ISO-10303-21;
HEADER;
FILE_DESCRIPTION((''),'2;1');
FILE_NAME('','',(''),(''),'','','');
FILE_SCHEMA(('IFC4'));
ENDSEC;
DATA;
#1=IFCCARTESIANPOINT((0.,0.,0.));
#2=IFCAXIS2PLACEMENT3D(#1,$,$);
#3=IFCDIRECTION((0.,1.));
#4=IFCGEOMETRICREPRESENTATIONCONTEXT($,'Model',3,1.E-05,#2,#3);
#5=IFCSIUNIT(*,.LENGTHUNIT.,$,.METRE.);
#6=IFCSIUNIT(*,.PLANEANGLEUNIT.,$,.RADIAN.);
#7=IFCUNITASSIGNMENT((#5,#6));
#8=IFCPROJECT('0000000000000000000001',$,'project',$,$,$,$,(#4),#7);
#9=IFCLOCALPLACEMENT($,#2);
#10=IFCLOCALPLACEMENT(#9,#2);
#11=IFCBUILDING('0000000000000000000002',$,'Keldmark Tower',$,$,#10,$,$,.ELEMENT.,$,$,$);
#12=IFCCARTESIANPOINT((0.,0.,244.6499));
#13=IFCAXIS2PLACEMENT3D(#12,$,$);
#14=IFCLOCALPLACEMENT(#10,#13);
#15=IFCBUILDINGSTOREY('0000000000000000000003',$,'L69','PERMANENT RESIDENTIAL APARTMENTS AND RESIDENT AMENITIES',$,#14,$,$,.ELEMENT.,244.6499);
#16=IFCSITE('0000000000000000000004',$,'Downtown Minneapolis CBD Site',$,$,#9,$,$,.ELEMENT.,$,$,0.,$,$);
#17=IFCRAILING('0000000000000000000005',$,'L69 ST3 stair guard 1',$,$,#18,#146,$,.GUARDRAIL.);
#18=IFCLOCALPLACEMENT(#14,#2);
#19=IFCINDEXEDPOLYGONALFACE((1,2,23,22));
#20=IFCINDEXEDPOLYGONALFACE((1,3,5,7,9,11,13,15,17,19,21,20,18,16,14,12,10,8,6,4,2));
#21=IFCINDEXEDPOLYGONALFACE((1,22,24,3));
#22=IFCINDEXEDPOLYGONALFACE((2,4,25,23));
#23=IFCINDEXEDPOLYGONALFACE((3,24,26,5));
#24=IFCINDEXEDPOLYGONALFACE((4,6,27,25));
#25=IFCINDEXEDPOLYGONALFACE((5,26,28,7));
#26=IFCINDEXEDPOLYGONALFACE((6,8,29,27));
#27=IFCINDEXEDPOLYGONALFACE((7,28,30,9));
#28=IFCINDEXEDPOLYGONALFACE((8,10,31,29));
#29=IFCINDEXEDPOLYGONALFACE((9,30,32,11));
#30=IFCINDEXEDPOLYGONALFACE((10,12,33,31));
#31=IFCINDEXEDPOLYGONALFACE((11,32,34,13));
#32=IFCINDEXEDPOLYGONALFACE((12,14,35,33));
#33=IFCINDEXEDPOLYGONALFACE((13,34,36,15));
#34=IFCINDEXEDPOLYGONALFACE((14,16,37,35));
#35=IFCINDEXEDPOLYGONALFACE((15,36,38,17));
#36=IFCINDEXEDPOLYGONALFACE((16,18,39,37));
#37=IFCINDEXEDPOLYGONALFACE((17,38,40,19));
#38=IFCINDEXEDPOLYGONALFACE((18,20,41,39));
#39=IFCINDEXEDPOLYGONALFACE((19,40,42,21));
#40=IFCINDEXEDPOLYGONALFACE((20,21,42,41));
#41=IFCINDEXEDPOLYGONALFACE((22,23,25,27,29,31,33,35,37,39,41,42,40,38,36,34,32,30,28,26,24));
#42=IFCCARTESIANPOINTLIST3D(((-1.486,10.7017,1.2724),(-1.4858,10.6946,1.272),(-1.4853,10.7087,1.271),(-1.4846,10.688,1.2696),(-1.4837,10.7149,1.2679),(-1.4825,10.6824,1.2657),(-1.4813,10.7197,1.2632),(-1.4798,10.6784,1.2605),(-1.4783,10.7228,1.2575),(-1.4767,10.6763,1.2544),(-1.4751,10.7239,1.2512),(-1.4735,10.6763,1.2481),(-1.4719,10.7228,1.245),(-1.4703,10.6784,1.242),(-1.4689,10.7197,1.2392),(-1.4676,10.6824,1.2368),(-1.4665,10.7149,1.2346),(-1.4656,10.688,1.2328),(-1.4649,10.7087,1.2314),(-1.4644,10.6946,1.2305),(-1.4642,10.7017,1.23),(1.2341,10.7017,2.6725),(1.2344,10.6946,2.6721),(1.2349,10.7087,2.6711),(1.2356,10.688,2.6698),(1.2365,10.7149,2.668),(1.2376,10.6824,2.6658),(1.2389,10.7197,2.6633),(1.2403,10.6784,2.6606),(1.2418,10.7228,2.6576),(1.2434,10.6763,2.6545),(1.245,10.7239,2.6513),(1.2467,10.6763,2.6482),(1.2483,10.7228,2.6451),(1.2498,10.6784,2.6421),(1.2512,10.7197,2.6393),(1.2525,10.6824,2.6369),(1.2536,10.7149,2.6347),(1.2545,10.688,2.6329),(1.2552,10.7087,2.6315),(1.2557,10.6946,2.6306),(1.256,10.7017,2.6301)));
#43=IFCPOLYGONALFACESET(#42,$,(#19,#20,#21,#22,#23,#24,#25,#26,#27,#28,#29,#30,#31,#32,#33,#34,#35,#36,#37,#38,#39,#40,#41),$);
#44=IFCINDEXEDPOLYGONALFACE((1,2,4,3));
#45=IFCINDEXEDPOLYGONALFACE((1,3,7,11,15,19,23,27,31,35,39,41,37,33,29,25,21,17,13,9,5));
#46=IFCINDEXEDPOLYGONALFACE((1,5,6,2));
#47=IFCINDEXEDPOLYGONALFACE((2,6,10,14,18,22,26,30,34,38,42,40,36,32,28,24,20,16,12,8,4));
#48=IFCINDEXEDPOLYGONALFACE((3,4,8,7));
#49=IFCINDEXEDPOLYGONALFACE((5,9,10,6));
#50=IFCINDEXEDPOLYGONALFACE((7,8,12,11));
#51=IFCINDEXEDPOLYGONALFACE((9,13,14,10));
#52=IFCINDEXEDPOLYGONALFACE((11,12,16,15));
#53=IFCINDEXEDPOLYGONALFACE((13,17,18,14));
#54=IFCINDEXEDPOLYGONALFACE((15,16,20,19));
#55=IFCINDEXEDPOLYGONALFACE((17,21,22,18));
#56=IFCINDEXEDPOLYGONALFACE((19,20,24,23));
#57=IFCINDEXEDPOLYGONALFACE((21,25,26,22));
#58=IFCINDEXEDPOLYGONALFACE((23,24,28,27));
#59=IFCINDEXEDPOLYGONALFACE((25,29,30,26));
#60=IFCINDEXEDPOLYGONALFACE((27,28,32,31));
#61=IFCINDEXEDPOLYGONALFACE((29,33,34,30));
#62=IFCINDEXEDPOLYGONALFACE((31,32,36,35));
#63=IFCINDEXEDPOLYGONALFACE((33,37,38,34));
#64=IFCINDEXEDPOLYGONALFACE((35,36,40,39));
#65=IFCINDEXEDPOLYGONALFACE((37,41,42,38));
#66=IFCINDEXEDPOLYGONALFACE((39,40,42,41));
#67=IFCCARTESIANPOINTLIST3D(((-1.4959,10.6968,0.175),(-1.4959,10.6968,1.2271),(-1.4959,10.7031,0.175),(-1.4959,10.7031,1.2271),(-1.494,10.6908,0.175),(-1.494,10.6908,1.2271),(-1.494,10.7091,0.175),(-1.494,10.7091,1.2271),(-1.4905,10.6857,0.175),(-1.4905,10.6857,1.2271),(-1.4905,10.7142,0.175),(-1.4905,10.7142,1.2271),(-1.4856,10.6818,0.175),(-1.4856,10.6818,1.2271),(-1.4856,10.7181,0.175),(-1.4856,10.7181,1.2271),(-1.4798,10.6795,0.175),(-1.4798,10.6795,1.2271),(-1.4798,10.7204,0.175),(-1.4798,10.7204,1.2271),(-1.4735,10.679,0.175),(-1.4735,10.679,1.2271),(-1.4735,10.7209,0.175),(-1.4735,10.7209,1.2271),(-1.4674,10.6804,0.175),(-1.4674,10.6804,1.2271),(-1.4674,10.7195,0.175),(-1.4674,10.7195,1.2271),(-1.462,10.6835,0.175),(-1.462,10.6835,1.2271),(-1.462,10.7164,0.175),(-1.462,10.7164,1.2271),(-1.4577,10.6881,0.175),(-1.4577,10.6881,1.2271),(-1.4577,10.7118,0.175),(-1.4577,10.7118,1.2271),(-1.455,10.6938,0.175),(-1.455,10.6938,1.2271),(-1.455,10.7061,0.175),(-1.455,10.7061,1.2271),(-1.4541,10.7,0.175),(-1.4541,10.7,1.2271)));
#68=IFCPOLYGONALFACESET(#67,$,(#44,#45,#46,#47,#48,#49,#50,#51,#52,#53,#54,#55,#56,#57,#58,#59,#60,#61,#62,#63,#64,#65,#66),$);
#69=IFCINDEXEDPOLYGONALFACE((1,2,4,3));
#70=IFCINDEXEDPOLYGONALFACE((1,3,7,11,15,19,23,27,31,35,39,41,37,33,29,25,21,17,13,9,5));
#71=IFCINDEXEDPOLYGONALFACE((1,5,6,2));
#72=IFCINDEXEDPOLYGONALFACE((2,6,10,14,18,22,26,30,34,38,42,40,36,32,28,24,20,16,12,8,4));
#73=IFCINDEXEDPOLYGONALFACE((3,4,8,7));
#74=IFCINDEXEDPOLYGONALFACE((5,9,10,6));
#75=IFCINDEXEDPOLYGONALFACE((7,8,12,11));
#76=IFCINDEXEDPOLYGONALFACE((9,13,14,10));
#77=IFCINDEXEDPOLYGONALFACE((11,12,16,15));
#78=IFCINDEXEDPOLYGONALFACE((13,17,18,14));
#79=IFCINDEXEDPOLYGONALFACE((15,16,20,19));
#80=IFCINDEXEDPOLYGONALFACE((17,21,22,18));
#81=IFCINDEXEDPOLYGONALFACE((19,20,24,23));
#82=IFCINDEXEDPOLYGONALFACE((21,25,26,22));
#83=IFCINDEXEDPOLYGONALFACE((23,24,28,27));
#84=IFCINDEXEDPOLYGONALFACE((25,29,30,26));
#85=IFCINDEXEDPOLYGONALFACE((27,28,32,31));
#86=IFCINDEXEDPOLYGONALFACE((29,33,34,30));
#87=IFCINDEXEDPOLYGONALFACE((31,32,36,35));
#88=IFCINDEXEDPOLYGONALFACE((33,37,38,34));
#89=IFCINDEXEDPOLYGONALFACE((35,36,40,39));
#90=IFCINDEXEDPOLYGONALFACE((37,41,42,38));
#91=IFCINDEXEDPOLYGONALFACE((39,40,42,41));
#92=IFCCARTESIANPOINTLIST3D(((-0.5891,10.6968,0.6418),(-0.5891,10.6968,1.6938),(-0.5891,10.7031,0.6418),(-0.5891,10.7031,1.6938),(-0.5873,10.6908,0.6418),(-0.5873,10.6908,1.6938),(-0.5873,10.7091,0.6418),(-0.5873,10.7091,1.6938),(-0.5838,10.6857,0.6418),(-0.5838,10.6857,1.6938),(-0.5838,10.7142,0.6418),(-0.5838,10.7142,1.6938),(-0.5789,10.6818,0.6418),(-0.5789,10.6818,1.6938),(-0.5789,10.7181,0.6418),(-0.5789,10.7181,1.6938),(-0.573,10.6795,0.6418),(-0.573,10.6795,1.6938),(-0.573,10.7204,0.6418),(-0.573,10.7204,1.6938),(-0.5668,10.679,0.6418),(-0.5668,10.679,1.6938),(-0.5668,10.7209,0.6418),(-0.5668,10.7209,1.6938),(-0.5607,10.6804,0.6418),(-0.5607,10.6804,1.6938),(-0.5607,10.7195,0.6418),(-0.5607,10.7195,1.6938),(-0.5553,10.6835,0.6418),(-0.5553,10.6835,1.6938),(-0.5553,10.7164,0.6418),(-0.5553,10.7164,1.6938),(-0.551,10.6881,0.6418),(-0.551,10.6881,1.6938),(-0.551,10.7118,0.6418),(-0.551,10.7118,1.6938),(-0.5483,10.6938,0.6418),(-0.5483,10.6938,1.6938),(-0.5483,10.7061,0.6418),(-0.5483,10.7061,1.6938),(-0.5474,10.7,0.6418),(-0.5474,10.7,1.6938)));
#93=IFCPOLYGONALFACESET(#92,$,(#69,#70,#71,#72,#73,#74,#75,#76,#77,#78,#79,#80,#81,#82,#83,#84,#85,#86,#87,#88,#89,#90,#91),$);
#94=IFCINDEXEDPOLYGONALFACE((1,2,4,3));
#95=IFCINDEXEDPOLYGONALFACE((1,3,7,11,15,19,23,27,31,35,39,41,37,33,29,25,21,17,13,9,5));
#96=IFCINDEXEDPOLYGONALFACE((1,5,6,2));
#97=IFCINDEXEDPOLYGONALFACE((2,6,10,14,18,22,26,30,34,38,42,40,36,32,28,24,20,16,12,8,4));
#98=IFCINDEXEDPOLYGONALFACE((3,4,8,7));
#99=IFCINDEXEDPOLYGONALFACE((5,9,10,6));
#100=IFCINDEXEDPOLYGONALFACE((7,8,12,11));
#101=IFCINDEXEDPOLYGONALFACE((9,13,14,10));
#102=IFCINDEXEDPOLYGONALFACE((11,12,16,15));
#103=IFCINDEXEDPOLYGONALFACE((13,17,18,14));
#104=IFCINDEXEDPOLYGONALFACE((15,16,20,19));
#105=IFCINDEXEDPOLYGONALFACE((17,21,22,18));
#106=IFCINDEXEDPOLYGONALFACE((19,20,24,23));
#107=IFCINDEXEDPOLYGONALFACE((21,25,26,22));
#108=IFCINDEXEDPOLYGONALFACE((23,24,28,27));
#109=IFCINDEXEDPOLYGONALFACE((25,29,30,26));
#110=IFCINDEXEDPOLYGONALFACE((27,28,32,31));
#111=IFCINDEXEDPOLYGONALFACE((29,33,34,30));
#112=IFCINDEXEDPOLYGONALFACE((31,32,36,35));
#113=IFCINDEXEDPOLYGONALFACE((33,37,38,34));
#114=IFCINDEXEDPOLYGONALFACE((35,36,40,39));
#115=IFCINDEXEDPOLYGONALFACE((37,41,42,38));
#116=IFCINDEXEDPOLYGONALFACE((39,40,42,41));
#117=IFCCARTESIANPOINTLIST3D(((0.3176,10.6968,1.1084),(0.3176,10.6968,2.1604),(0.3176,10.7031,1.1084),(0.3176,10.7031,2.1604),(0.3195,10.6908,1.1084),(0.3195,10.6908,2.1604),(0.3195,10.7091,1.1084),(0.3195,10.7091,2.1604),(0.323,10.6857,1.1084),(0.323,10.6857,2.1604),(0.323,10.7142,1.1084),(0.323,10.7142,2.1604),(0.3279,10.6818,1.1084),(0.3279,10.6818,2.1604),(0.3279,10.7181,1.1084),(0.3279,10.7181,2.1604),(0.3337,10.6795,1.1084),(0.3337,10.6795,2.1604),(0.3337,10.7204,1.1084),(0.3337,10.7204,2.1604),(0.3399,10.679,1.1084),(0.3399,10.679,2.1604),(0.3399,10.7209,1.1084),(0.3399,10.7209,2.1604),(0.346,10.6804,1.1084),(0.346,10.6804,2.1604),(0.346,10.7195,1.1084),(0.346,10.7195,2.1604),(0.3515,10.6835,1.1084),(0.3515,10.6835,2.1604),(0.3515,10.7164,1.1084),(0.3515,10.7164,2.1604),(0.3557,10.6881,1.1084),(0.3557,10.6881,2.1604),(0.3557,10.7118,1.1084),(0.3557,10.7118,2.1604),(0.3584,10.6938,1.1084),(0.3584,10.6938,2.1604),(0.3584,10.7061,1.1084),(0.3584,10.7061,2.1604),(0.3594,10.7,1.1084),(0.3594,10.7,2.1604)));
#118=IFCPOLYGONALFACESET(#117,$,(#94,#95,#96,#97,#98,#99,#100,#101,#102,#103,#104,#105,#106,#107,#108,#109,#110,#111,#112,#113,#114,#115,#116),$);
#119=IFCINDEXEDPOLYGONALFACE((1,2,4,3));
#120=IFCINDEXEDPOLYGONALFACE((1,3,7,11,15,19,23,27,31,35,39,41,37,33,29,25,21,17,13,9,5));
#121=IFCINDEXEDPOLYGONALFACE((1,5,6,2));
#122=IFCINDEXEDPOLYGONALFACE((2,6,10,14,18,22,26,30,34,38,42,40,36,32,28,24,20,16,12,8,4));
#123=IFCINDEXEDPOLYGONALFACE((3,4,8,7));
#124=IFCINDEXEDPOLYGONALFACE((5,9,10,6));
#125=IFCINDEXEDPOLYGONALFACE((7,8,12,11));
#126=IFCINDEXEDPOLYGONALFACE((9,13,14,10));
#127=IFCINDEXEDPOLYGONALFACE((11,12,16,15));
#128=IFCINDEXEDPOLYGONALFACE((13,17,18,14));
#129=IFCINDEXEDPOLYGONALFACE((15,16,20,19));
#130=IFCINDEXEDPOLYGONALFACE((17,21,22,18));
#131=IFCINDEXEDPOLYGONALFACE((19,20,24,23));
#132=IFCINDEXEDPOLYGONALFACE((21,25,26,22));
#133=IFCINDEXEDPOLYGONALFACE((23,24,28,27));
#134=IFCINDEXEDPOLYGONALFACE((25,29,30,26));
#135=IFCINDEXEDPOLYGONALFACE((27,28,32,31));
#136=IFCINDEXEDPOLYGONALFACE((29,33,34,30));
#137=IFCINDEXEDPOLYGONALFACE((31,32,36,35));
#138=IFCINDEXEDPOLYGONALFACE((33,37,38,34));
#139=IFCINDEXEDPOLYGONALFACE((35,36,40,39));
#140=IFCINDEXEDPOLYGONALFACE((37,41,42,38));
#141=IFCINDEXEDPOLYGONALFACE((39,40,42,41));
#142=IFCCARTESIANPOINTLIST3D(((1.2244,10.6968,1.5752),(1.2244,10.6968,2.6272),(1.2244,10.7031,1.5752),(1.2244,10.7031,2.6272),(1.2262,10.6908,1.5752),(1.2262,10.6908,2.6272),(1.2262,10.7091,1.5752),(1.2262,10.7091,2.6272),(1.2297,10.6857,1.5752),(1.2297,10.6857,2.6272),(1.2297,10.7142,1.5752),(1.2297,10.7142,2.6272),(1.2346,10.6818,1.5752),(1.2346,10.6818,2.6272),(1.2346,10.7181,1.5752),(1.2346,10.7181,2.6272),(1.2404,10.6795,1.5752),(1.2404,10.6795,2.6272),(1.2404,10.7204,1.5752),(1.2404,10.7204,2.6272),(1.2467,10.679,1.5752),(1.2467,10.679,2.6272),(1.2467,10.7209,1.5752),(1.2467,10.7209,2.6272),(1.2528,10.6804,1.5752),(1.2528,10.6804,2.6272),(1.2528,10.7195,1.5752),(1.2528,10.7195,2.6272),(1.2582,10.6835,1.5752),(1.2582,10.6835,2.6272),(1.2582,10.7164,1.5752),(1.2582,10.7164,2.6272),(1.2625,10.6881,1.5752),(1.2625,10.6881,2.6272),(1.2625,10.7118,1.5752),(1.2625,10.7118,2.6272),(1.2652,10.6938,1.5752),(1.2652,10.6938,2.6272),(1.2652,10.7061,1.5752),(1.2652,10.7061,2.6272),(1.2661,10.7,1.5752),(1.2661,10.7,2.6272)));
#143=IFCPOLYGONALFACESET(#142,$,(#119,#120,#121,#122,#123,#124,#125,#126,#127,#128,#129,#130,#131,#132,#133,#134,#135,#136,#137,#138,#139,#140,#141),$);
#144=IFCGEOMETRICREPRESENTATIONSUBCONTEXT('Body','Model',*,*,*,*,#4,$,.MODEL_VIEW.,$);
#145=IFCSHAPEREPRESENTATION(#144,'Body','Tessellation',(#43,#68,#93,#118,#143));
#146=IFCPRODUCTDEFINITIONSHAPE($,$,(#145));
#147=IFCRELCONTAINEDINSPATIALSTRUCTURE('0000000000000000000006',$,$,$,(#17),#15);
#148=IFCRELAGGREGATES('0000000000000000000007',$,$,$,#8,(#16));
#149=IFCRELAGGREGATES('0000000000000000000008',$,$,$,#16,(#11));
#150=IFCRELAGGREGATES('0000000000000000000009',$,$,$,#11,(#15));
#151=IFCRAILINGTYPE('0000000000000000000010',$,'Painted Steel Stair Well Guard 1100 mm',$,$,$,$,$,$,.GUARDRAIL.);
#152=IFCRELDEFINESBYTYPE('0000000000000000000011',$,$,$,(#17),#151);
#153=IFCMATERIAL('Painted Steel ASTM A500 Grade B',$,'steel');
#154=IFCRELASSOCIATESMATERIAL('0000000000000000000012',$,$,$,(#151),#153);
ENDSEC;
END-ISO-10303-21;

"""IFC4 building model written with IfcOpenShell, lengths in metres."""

from ifc_helpers import new_model, si_unit, direction, frame, origin, origin_2d, place, context, subcontext, project, spatial, circle, extrude, material, type_object, element, save


model = new_model("IFC4")

# Units and contexts
model_context = context("Model", 3, precision=1e-05, world=origin(), true_north=direction((0.0, 1.0)))
body_context = subcontext(model_context, "Body", "Model", "MODEL_VIEW")
ifc_project = project(units=[si_unit("LENGTHUNIT", "METRE"), si_unit("PLANEANGLEUNIT", "RADIAN")], contexts=[model_context])

# Site, building, storey
site_placement = place(None, origin())
site = spatial("IfcSite", under=ifc_project, at=site_placement, Name="Downtown Minneapolis CBD Site", CompositionType="ELEMENT", RefElevation=0.0)
building_placement = place(site_placement, origin())
building = spatial("IfcBuilding", under=site, at=building_placement, Name="Keldmark Tower", CompositionType="ELEMENT")
storey_placement = place(building_placement, frame((0.0, 0.0, 244.6499)))
storey = spatial("IfcBuildingStorey", under=building, at=storey_placement, Name="L69", Description="PERMANENT RESIDENTIAL APARTMENTS AND RESIDENT AMENITIES", CompositionType="ELEMENT", Elevation=244.6499)

# Railing
ifc_material_1 = material(Name="Painted Steel ASTM A500 Grade B", Category="steel")
railing_type_1 = type_object("IfcRailingType", Name="Painted Steel Stair Well Guard 1100 mm", PredefinedType="GUARDRAIL", material=ifc_material_1)
railing_1_placement = place(storey_placement, frame((-1.4751, 10.7, 0.175)))
element("IfcRailing", 1, at=railing_1_placement, inside=storey, type_object=railing_type_1, Name="L69 ST3 stair guard 1", PredefinedType="GUARDRAIL", context=body_context, shape_type="SweptSolid", body=[
    extrude(circle(Radius=0.0239, at=origin_2d()), frame((0.0, 0.0, 1.0762), z_axis=(0.889131, 0.0, 0.457653), x_axis=(0.0, 1.0, 0.0)), (0.0, 0.0, 1.0), 3.0593),
    extrude(circle(Radius=0.021, at=origin_2d()), origin(), (0.0, 0.0, 1.0), 1.052),
    extrude(circle(Radius=0.021, at=origin_2d()), frame((0.9067, 0.0, 0.4668)), (0.0, 0.0, 1.0), 1.052),
    extrude(circle(Radius=0.021, at=origin_2d()), frame((1.8135, 0.0, 0.9333)), (0.0, 0.0, 1.0), 1.052),
    extrude(circle(Radius=0.021, at=origin_2d()), frame((2.7202, 0.0, 1.4001)), (0.0, 0.0, 1.0), 1.052),
])

save(model, "model.ifc")
